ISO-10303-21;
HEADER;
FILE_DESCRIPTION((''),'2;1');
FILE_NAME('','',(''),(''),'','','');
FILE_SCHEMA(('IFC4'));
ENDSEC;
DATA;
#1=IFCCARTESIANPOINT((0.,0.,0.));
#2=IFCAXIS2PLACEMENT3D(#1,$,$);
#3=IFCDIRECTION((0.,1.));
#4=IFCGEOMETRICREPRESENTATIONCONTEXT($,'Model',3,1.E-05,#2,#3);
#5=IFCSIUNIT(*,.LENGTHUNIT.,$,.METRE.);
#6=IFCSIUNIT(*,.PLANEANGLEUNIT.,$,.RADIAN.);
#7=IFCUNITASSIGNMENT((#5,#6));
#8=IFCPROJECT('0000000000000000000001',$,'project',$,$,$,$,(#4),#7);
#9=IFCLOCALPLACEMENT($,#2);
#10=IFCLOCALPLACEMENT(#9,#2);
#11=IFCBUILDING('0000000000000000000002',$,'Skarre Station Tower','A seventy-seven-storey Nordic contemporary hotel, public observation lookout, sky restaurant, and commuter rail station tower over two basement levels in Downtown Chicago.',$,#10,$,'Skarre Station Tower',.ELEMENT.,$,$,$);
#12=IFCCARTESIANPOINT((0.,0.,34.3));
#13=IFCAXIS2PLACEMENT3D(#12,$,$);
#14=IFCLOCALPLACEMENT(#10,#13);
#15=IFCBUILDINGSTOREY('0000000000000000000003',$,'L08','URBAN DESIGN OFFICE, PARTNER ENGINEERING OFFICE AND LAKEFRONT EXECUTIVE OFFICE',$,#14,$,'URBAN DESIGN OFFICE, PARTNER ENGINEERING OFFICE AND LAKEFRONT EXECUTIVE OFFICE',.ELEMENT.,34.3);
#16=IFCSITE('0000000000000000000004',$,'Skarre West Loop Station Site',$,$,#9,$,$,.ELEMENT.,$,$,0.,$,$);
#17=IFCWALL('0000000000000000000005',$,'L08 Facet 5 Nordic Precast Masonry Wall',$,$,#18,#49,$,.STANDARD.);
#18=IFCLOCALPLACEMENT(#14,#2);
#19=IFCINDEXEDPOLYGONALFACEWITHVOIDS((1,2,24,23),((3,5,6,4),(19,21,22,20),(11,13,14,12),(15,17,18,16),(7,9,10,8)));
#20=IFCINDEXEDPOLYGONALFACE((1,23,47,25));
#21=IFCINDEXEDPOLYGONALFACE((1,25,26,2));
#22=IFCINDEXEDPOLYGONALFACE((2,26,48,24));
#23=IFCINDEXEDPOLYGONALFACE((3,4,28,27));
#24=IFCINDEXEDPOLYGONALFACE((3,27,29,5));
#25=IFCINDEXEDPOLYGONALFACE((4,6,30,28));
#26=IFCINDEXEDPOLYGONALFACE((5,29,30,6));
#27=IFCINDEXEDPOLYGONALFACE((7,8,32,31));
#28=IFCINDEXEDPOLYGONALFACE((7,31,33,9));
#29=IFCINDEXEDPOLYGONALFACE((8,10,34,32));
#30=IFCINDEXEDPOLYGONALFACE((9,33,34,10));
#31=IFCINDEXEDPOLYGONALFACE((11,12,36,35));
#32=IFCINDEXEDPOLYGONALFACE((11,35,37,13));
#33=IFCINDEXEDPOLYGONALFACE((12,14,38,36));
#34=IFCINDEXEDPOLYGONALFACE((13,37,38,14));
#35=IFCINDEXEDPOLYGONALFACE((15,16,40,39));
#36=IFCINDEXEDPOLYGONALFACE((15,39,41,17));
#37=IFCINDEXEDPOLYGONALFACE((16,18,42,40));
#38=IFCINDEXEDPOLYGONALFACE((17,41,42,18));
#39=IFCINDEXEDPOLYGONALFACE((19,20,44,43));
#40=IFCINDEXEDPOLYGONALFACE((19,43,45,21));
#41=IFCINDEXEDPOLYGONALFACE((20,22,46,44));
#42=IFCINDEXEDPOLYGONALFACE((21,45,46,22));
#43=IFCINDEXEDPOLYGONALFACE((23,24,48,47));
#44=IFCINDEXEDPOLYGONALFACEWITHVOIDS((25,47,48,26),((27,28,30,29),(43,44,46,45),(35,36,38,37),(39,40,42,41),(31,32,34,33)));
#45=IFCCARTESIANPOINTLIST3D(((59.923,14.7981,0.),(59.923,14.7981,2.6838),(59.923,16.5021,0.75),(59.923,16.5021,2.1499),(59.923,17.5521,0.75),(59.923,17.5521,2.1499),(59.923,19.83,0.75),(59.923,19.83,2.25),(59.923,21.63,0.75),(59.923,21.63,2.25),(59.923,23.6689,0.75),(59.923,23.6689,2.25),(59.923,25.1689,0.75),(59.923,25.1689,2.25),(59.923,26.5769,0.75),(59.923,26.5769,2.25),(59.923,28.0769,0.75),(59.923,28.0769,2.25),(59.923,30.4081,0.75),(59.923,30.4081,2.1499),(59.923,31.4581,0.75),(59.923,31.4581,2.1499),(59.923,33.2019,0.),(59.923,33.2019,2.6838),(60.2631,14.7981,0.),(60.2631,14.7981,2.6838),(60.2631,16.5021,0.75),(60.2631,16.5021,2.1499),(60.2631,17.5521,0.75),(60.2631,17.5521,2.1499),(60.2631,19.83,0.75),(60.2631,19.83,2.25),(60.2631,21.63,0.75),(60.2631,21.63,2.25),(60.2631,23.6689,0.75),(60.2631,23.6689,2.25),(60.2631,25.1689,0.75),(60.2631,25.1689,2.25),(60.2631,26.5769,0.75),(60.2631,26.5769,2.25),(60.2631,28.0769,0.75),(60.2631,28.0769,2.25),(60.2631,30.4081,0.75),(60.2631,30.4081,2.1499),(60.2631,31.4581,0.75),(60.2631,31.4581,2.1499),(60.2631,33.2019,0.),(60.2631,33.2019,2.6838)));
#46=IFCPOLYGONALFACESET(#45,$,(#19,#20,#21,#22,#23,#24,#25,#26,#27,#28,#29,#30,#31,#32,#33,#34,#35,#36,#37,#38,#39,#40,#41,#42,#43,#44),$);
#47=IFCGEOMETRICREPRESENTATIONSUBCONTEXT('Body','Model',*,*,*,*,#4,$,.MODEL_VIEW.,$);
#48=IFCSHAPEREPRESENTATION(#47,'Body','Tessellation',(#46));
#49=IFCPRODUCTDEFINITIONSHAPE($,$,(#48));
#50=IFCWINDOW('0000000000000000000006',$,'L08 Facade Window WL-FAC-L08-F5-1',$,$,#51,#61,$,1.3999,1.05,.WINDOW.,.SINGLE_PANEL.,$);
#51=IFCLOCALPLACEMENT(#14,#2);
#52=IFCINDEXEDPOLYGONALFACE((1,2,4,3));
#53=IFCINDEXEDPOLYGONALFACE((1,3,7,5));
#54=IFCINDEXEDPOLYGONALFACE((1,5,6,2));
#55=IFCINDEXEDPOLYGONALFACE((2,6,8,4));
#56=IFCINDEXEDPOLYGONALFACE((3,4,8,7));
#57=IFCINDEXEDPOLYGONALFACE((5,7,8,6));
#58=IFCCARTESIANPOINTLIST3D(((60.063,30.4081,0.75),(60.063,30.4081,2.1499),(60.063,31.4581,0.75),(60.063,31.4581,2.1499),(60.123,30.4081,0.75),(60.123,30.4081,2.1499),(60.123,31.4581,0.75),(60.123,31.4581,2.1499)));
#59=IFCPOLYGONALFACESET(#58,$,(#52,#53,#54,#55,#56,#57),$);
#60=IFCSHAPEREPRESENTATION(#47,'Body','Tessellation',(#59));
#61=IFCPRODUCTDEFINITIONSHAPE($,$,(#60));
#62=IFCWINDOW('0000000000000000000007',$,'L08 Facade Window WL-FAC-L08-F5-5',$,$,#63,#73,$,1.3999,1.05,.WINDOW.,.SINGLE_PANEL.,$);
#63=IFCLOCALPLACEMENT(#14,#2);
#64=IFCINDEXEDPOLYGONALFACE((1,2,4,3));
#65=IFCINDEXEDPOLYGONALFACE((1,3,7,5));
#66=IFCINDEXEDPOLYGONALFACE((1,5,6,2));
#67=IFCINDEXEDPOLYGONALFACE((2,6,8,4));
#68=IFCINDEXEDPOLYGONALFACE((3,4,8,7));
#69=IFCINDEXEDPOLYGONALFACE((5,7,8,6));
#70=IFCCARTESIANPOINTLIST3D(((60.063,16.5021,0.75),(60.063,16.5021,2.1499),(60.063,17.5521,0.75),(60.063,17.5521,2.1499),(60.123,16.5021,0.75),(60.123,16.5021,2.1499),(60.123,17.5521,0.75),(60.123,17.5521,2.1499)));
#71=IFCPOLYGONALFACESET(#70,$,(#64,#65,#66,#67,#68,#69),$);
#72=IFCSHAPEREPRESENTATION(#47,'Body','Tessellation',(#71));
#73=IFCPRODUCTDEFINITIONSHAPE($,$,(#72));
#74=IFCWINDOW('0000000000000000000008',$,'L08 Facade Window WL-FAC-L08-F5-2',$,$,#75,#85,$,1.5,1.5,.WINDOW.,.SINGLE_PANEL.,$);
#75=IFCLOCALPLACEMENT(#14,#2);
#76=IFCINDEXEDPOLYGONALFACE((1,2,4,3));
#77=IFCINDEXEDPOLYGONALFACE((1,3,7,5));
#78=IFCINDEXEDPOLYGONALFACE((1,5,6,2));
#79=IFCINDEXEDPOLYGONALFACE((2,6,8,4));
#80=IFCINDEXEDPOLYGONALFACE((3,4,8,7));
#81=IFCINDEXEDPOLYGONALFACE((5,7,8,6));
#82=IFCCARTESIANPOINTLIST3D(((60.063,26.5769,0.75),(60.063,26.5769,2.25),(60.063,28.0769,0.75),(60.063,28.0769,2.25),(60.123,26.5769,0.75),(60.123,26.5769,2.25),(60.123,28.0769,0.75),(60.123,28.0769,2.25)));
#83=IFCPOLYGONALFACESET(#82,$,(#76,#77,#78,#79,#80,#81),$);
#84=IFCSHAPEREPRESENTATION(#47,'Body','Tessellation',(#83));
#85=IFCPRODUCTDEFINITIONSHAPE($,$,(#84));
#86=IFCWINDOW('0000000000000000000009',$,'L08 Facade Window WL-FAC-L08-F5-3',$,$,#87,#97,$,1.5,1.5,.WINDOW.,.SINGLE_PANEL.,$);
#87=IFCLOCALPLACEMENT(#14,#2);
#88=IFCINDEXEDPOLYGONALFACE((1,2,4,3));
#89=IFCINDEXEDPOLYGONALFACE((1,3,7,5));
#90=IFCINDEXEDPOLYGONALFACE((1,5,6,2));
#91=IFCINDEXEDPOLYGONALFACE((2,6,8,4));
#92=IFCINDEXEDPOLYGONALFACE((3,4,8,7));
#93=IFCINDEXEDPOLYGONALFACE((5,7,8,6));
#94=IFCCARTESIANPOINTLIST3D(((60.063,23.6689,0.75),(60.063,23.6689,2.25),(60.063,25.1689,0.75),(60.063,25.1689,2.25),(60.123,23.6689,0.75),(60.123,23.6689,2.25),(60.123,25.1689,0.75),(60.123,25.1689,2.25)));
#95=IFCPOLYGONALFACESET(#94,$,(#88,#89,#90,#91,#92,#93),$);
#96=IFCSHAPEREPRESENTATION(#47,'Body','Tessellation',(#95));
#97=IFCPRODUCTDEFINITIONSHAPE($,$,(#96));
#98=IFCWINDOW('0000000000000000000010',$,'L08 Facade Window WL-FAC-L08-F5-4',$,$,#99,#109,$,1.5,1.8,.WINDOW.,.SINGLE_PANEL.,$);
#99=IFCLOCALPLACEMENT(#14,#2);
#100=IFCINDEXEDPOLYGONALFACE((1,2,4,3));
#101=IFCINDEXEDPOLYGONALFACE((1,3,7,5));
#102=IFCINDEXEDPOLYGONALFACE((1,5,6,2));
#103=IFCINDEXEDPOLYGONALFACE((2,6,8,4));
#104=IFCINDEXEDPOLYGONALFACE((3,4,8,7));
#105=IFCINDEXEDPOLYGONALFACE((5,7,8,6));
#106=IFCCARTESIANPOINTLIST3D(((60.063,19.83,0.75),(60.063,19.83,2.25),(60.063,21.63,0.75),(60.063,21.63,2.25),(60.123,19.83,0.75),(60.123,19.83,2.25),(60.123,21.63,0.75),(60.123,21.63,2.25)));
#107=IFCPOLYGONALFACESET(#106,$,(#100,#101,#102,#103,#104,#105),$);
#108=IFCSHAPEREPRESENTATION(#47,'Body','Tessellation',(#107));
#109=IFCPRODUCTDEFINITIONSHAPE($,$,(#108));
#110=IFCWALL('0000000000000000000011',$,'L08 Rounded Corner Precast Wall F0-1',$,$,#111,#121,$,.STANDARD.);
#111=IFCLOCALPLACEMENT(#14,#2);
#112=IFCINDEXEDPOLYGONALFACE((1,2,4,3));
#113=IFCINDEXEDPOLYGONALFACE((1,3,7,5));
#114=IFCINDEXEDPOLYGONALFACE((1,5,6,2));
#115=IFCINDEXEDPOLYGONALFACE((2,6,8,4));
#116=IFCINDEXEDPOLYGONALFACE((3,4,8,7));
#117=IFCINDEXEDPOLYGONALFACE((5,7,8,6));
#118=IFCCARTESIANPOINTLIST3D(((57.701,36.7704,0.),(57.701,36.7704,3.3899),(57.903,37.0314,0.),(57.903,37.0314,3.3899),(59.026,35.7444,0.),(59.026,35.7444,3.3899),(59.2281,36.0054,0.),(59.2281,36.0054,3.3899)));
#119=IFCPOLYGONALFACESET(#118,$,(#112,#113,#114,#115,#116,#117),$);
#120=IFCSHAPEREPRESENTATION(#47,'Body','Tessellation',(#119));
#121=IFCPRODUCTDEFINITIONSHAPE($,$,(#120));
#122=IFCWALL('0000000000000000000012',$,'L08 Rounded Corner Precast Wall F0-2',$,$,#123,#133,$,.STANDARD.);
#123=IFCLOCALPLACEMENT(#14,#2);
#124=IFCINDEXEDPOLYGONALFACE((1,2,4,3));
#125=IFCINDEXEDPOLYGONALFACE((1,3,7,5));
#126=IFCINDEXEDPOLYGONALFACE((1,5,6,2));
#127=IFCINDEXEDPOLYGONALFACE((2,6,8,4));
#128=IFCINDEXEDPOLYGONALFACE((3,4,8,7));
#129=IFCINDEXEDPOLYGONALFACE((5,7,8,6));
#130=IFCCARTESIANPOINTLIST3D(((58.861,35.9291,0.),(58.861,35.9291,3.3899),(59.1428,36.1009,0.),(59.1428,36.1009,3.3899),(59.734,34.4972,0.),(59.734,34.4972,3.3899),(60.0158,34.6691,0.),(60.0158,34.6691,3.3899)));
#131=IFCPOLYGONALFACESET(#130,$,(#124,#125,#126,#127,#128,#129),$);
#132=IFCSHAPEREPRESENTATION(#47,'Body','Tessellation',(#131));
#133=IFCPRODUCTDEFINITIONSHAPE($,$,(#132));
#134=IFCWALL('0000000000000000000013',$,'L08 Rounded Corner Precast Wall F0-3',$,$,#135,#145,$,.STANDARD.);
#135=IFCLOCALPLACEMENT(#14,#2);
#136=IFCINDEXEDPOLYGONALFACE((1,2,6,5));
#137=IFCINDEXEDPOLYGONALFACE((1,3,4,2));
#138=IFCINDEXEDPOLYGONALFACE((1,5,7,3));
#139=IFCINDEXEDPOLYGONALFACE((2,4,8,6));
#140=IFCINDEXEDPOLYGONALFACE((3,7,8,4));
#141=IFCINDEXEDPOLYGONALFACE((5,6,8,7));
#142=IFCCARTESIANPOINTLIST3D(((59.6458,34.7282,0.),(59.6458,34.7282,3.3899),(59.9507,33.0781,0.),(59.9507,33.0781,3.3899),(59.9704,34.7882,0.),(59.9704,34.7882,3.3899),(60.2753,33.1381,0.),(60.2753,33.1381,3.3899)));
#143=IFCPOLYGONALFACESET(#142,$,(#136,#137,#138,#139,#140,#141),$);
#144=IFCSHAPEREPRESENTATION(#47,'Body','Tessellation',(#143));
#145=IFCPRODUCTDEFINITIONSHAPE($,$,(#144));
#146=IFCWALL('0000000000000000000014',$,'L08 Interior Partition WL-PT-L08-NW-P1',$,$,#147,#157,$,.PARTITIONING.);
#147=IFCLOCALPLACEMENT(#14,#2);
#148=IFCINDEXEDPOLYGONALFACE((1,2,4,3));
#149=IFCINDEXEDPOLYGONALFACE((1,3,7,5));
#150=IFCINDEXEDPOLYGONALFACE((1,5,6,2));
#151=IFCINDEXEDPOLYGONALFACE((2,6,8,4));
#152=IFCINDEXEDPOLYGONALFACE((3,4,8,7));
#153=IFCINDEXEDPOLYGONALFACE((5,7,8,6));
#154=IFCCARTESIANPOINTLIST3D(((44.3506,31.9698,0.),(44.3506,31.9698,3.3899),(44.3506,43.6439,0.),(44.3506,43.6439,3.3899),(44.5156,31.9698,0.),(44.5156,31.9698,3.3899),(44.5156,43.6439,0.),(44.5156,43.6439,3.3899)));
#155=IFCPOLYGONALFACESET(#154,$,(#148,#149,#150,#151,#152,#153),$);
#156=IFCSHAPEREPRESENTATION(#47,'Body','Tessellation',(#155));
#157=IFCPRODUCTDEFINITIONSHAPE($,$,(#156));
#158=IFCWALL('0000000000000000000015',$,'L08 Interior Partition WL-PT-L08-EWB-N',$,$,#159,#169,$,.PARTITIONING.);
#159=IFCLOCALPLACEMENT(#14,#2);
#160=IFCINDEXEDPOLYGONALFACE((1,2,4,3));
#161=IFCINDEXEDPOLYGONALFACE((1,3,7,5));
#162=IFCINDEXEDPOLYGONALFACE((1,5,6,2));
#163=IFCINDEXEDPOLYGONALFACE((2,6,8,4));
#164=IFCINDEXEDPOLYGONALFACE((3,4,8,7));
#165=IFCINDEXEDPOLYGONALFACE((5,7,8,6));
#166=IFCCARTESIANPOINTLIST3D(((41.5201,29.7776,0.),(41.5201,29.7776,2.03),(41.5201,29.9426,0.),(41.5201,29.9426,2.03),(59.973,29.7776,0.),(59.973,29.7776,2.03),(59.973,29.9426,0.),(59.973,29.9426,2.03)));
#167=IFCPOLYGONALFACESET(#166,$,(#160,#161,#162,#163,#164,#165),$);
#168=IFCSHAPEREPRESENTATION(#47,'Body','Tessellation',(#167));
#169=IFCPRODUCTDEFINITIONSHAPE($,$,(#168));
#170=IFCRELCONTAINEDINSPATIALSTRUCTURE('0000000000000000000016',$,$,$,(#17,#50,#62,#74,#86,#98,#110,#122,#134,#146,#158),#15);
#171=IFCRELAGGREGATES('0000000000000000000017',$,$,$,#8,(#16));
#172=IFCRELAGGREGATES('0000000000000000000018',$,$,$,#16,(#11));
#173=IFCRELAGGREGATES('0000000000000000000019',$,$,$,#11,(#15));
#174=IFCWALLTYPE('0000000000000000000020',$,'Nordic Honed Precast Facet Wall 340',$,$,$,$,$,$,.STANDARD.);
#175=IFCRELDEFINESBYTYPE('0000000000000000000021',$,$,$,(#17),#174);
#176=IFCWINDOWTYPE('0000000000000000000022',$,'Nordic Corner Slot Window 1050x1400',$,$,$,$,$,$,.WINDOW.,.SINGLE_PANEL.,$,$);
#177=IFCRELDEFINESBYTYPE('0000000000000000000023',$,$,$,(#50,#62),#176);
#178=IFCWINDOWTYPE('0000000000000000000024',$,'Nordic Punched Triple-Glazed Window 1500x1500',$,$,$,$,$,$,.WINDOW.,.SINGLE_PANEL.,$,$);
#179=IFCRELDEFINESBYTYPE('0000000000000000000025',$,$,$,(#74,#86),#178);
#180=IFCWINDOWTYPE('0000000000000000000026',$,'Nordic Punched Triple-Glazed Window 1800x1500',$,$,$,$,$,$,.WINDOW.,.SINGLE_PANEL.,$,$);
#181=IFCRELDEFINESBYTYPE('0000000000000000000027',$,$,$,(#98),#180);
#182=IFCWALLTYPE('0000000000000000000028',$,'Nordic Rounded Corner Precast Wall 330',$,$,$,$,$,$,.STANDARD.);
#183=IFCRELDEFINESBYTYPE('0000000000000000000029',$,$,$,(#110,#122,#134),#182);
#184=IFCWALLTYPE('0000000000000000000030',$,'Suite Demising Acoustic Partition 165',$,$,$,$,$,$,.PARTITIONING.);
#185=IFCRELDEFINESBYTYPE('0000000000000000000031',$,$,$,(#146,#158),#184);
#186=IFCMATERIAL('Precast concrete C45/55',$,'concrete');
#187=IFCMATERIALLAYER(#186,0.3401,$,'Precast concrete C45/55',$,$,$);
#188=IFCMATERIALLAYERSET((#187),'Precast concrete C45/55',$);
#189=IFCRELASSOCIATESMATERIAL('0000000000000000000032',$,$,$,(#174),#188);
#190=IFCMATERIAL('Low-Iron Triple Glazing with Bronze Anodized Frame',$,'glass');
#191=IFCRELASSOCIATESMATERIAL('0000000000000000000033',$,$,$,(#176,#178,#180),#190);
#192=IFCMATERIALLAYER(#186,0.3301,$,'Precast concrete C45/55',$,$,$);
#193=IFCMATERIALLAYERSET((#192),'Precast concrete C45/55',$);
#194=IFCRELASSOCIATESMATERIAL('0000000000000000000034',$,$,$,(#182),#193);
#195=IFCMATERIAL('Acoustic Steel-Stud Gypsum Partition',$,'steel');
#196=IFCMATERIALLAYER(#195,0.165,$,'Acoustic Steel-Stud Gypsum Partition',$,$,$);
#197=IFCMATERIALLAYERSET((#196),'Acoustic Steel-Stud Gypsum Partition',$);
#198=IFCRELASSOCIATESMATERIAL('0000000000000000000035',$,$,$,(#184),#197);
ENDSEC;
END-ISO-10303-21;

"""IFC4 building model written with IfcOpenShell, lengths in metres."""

from ifc_helpers import new_model, si_unit, direction, frame, frame_2d, origin, place, context, subcontext, project, spatial, rectangle, extrude, material, layer, layer_set, type_object, element, fill, save


model = new_model("IFC4")

# Units and contexts
model_context = context("Model", 3, precision=1e-05, world=origin(), true_north=direction((0.0, 1.0)))
body_context = subcontext(model_context, "Body", "Model", "MODEL_VIEW")
ifc_project = project(units=[si_unit("LENGTHUNIT", "METRE"), si_unit("PLANEANGLEUNIT", "RADIAN")], contexts=[model_context])

# Site, building, storey
site_placement = place(None, origin())
site = spatial("IfcSite", under=ifc_project, at=site_placement, Name="Skarre West Loop Station Site", CompositionType="ELEMENT", RefElevation=0.0)
building_placement = place(site_placement, origin())
building = spatial("IfcBuilding", under=site, at=building_placement, Name="Skarre Station Tower", Description="A seventy-seven-storey Nordic contemporary hotel, public observation lookout, sky restaurant, and commuter rail station tower over two basement levels in Downtown Chicago.", LongName="Skarre Station Tower", CompositionType="ELEMENT")
storey_placement = place(building_placement, frame((0.0, 0.0, 34.3)))
storey = spatial("IfcBuildingStorey", under=building, at=storey_placement, Name="L08", Description="URBAN DESIGN OFFICE, PARTNER ENGINEERING OFFICE AND LAKEFRONT EXECUTIVE OFFICE", LongName="URBAN DESIGN OFFICE, PARTNER ENGINEERING OFFICE AND LAKEFRONT EXECUTIVE OFFICE", CompositionType="ELEMENT", Elevation=34.3)

# Shared definitions
ifc_material_1 = material(Name="Acoustic Steel-Stud Gypsum Partition", Category="steel")

# Wall, openings, windows
ifc_material_2 = material(Name="Precast concrete C45/55", Category="concrete")
ifc_layer_1 = layer(ifc_material_2, 0.3401, Name="Precast concrete C45/55")
ifc_layer_set_1 = layer_set([ifc_layer_1], Name="Precast concrete C45/55")
wall_type_1 = type_object("IfcWallType", Name="Nordic Honed Precast Facet Wall 340", PredefinedType="STANDARD", material=ifc_layer_set_1)
wall_1_placement = place(storey_placement, frame((60.093, 33.2019, 0.0), z_axis=(0.0, 0.0, 1.0), x_axis=(0.0, -1.0, 0.0)))
wall_1 = element("IfcWall", 1, at=wall_1_placement, inside=storey, type_object=wall_type_1, Name="L08 Facet 5 Nordic Precast Masonry Wall", PredefinedType="STANDARD", context=body_context, shape_type="SweptSolid", body=[
    extrude(rectangle(XDim=18.4038, YDim=0.3401, at=frame_2d((9.2019, 0.0))), origin(), (0.0, 0.0, 1.0), 2.6838),
])
opening_1_placement = place(wall_1_placement, frame((1.7439, 0.0, 0.75)))
opening_1 = element("IfcOpeningElement", 2, at=opening_1_placement, cuts=wall_1, PredefinedType="OPENING", context=body_context, shape_type="SweptSolid", body=[
    extrude(rectangle(XDim=1.05, YDim=1.3999, at=frame_2d((0.5249, 0.7))), frame((0.0, 0.1799, 0.0), z_axis=(0.0, -1.0, 0.0), x_axis=(1.0, 0.0, 0.0)), (0.0, 0.0, 1.0), 0.3601),
])
opening_2_placement = place(wall_1_placement, frame((5.125, 0.0, 0.75)))
opening_2 = element("IfcOpeningElement", 3, at=opening_2_placement, cuts=wall_1, PredefinedType="OPENING", context=body_context, shape_type="SweptSolid", body=[
    extrude(rectangle(XDim=1.5, YDim=1.5, at=frame_2d((0.75, 0.75))), frame((0.0, 0.1799, 0.0), z_axis=(0.0, -1.0, 0.0), x_axis=(1.0, 0.0, 0.0)), (0.0, 0.0, 1.0), 0.3601),
])
opening_3_placement = place(wall_1_placement, frame((8.033, 0.0, 0.75)))
opening_3 = element("IfcOpeningElement", 4, at=opening_3_placement, cuts=wall_1, PredefinedType="OPENING", context=body_context, shape_type="SweptSolid", body=[
    extrude(rectangle(XDim=1.5, YDim=1.5, at=frame_2d((0.75, 0.75))), frame((0.0, 0.1799, 0.0), z_axis=(0.0, -1.0, 0.0), x_axis=(1.0, 0.0, 0.0)), (0.0, 0.0, 1.0), 0.3601),
])
opening_4_placement = place(wall_1_placement, frame((11.572, 0.0, 0.75)))
opening_4 = element("IfcOpeningElement", 5, at=opening_4_placement, cuts=wall_1, PredefinedType="OPENING", context=body_context, shape_type="SweptSolid", body=[
    extrude(rectangle(XDim=1.8, YDim=1.5, at=frame_2d((0.8999, 0.75))), frame((0.0, 0.1799, 0.0), z_axis=(0.0, -1.0, 0.0), x_axis=(1.0, 0.0, 0.0)), (0.0, 0.0, 1.0), 0.3601),
])
opening_5_placement = place(wall_1_placement, frame((15.6499, 0.0, 0.75)))
opening_5 = element("IfcOpeningElement", 6, at=opening_5_placement, cuts=wall_1, PredefinedType="OPENING", context=body_context, shape_type="SweptSolid", body=[
    extrude(rectangle(XDim=1.05, YDim=1.3999, at=frame_2d((0.5249, 0.7))), frame((0.0, 0.1799, 0.0), z_axis=(0.0, -1.0, 0.0), x_axis=(1.0, 0.0, 0.0)), (0.0, 0.0, 1.0), 0.3601),
])
ifc_material_3 = material(Name="Low-Iron Triple Glazing with Bronze Anodized Frame", Category="glass")
window_type_1 = type_object("IfcWindowType", Name="Nordic Corner Slot Window 1050x1400", PartitioningType="SINGLE_PANEL", PredefinedType="WINDOW", material=ifc_material_3)
window_1_placement = place(opening_1_placement, origin())
window_1 = element("IfcWindow", 7, at=window_1_placement, inside=storey, type_object=window_type_1, Name="L08 Facade Window WL-FAC-L08-F5-1", OverallHeight=1.3999, OverallWidth=1.05, PartitioningType="SINGLE_PANEL", PredefinedType="WINDOW", context=body_context, shape_type="SweptSolid", body=[
    extrude(rectangle(XDim=1.05, YDim=1.3999, at=frame_2d((0.5249, 0.7))), frame((0.0, 0.03, 0.0), z_axis=(0.0, -1.0, 0.0), x_axis=(1.0, 0.0, 0.0)), (0.0, 0.0, 1.0), 0.0601),
])
fill(opening_1, window_1)
window_2_placement = place(opening_5_placement, origin())
window_2 = element("IfcWindow", 8, at=window_2_placement, inside=storey, type_object=window_type_1, Name="L08 Facade Window WL-FAC-L08-F5-5", OverallHeight=1.3999, OverallWidth=1.05, PartitioningType="SINGLE_PANEL", PredefinedType="WINDOW", context=body_context, shape_type="SweptSolid", body=[
    extrude(rectangle(XDim=1.05, YDim=1.3999, at=frame_2d((0.5249, 0.7))), frame((0.0, 0.03, 0.0), z_axis=(0.0, -1.0, 0.0), x_axis=(1.0, 0.0, 0.0)), (0.0, 0.0, 1.0), 0.0601),
])
fill(opening_5, window_2)
window_type_2 = type_object("IfcWindowType", Name="Nordic Punched Triple-Glazed Window 1500x1500", PartitioningType="SINGLE_PANEL", PredefinedType="WINDOW", material=ifc_material_3)
window_3_placement = place(opening_2_placement, origin())
window_3 = element("IfcWindow", 9, at=window_3_placement, inside=storey, type_object=window_type_2, Name="L08 Facade Window WL-FAC-L08-F5-2", OverallHeight=1.5, OverallWidth=1.5, PartitioningType="SINGLE_PANEL", PredefinedType="WINDOW", context=body_context, shape_type="SweptSolid", body=[
    extrude(rectangle(XDim=1.5, YDim=1.5, at=frame_2d((0.75, 0.75))), frame((0.0, 0.03, 0.0), z_axis=(0.0, -1.0, 0.0), x_axis=(1.0, 0.0, 0.0)), (0.0, 0.0, 1.0), 0.0601),
])
fill(opening_2, window_3)
window_4_placement = place(opening_3_placement, origin())
window_4 = element("IfcWindow", 10, at=window_4_placement, inside=storey, type_object=window_type_2, Name="L08 Facade Window WL-FAC-L08-F5-3", OverallHeight=1.5, OverallWidth=1.5, PartitioningType="SINGLE_PANEL", PredefinedType="WINDOW", context=body_context, shape_type="SweptSolid", body=[
    extrude(rectangle(XDim=1.5, YDim=1.5, at=frame_2d((0.75, 0.75))), frame((0.0, 0.03, 0.0), z_axis=(0.0, -1.0, 0.0), x_axis=(1.0, 0.0, 0.0)), (0.0, 0.0, 1.0), 0.0601),
])
fill(opening_3, window_4)
window_type_3 = type_object("IfcWindowType", Name="Nordic Punched Triple-Glazed Window 1800x1500", PartitioningType="SINGLE_PANEL", PredefinedType="WINDOW", material=ifc_material_3)
window_5_placement = place(opening_4_placement, origin())
window_5 = element("IfcWindow", 11, at=window_5_placement, inside=storey, type_object=window_type_3, Name="L08 Facade Window WL-FAC-L08-F5-4", OverallHeight=1.5, OverallWidth=1.8, PartitioningType="SINGLE_PANEL", PredefinedType="WINDOW", context=body_context, shape_type="SweptSolid", body=[
    extrude(rectangle(XDim=1.8, YDim=1.5, at=frame_2d((0.8999, 0.75))), frame((0.0, 0.03, 0.0), z_axis=(0.0, -1.0, 0.0), x_axis=(1.0, 0.0, 0.0)), (0.0, 0.0, 1.0), 0.0601),
])
fill(opening_4, window_5)

# Walls
ifc_layer_2 = layer(ifc_material_2, 0.3301, Name="Precast concrete C45/55")
ifc_layer_set_2 = layer_set([ifc_layer_2], Name="Precast concrete C45/55")
wall_type_2 = type_object("IfcWallType", Name="Nordic Rounded Corner Precast Wall 330", PredefinedType="STANDARD", material=ifc_layer_set_2)
wall_2_placement = place(storey_placement, frame((57.802, 36.9009, 0.0), z_axis=(0.0, 0.0, 1.0), x_axis=(0.790692, -0.612214, 0.0)))
element("IfcWall", 12, at=wall_2_placement, inside=storey, type_object=wall_type_2, Name="L08 Rounded Corner Precast Wall F0-1", PredefinedType="STANDARD", context=body_context, shape_type="SweptSolid", body=[
    extrude(rectangle(XDim=1.6758, YDim=0.3301, at=frame_2d((0.8379, 0.0))), origin(), (0.0, 0.0, 1.0), 3.3899),
])
wall_3_placement = place(storey_placement, frame((59.002, 36.0149, 0.0), z_axis=(0.0, 0.0, 1.0), x_axis=(0.520584, -0.85381, 0.0)))
element("IfcWall", 13, at=wall_3_placement, inside=storey, type_object=wall_type_2, Name="L08 Rounded Corner Precast Wall F0-2", PredefinedType="STANDARD", context=body_context, shape_type="SweptSolid", body=[
    extrude(rectangle(XDim=1.677, YDim=0.3301, at=frame_2d((0.8384, 0.0))), origin(), (0.0, 0.0, 1.0), 3.3899),
])
wall_4_placement = place(storey_placement, frame((59.8081, 34.7581, 0.0), z_axis=(0.0, 0.0, 1.0), x_axis=(0.181714, -0.983351, 0.0)))
element("IfcWall", 14, at=wall_4_placement, inside=storey, type_object=wall_type_2, Name="L08 Rounded Corner Precast Wall F0-3", PredefinedType="STANDARD", context=body_context, shape_type="SweptSolid", body=[
    extrude(rectangle(XDim=1.678, YDim=0.3301, at=frame_2d((0.8389, 0.0))), origin(), (0.0, 0.0, 1.0), 3.3899),
])
ifc_layer_3 = layer(ifc_material_1, 0.165, Name="Acoustic Steel-Stud Gypsum Partition")
ifc_layer_set_3 = layer_set([ifc_layer_3], Name="Acoustic Steel-Stud Gypsum Partition")
wall_type_3 = type_object("IfcWallType", Name="Suite Demising Acoustic Partition 165", PredefinedType="PARTITIONING", material=ifc_layer_set_3)
wall_5_placement = place(storey_placement, frame((44.4331, 31.97, 0.0), z_axis=(0.0, 0.0, 1.0), x_axis=(0.0, 1.0, 0.0)))
element("IfcWall", 15, at=wall_5_placement, inside=storey, type_object=wall_type_3, Name="L08 Interior Partition WL-PT-L08-NW-P1", PredefinedType="PARTITIONING", context=body_context, shape_type="SweptSolid", body=[
    extrude(rectangle(XDim=11.6741, YDim=0.165, at=frame_2d((5.8369, 0.0))), origin(), (0.0, 0.0, 1.0), 3.3899),
])
wall_6_placement = place(storey_placement, frame((41.52, 29.8601, 0.0), z_axis=(0.0, 0.0, 1.0), x_axis=(1.0, 0.0, 0.0)))
element("IfcWall", 16, at=wall_6_placement, inside=storey, type_object=wall_type_3, Name="L08 Interior Partition WL-PT-L08-EWB-N", PredefinedType="PARTITIONING", context=body_context, shape_type="SweptSolid", body=[
    extrude(rectangle(XDim=18.4529, YDim=0.165, at=frame_2d((9.2266, 0.0))), origin(), (0.0, 0.0, 1.0), 2.03),
])

save(model, "model.ifc")
